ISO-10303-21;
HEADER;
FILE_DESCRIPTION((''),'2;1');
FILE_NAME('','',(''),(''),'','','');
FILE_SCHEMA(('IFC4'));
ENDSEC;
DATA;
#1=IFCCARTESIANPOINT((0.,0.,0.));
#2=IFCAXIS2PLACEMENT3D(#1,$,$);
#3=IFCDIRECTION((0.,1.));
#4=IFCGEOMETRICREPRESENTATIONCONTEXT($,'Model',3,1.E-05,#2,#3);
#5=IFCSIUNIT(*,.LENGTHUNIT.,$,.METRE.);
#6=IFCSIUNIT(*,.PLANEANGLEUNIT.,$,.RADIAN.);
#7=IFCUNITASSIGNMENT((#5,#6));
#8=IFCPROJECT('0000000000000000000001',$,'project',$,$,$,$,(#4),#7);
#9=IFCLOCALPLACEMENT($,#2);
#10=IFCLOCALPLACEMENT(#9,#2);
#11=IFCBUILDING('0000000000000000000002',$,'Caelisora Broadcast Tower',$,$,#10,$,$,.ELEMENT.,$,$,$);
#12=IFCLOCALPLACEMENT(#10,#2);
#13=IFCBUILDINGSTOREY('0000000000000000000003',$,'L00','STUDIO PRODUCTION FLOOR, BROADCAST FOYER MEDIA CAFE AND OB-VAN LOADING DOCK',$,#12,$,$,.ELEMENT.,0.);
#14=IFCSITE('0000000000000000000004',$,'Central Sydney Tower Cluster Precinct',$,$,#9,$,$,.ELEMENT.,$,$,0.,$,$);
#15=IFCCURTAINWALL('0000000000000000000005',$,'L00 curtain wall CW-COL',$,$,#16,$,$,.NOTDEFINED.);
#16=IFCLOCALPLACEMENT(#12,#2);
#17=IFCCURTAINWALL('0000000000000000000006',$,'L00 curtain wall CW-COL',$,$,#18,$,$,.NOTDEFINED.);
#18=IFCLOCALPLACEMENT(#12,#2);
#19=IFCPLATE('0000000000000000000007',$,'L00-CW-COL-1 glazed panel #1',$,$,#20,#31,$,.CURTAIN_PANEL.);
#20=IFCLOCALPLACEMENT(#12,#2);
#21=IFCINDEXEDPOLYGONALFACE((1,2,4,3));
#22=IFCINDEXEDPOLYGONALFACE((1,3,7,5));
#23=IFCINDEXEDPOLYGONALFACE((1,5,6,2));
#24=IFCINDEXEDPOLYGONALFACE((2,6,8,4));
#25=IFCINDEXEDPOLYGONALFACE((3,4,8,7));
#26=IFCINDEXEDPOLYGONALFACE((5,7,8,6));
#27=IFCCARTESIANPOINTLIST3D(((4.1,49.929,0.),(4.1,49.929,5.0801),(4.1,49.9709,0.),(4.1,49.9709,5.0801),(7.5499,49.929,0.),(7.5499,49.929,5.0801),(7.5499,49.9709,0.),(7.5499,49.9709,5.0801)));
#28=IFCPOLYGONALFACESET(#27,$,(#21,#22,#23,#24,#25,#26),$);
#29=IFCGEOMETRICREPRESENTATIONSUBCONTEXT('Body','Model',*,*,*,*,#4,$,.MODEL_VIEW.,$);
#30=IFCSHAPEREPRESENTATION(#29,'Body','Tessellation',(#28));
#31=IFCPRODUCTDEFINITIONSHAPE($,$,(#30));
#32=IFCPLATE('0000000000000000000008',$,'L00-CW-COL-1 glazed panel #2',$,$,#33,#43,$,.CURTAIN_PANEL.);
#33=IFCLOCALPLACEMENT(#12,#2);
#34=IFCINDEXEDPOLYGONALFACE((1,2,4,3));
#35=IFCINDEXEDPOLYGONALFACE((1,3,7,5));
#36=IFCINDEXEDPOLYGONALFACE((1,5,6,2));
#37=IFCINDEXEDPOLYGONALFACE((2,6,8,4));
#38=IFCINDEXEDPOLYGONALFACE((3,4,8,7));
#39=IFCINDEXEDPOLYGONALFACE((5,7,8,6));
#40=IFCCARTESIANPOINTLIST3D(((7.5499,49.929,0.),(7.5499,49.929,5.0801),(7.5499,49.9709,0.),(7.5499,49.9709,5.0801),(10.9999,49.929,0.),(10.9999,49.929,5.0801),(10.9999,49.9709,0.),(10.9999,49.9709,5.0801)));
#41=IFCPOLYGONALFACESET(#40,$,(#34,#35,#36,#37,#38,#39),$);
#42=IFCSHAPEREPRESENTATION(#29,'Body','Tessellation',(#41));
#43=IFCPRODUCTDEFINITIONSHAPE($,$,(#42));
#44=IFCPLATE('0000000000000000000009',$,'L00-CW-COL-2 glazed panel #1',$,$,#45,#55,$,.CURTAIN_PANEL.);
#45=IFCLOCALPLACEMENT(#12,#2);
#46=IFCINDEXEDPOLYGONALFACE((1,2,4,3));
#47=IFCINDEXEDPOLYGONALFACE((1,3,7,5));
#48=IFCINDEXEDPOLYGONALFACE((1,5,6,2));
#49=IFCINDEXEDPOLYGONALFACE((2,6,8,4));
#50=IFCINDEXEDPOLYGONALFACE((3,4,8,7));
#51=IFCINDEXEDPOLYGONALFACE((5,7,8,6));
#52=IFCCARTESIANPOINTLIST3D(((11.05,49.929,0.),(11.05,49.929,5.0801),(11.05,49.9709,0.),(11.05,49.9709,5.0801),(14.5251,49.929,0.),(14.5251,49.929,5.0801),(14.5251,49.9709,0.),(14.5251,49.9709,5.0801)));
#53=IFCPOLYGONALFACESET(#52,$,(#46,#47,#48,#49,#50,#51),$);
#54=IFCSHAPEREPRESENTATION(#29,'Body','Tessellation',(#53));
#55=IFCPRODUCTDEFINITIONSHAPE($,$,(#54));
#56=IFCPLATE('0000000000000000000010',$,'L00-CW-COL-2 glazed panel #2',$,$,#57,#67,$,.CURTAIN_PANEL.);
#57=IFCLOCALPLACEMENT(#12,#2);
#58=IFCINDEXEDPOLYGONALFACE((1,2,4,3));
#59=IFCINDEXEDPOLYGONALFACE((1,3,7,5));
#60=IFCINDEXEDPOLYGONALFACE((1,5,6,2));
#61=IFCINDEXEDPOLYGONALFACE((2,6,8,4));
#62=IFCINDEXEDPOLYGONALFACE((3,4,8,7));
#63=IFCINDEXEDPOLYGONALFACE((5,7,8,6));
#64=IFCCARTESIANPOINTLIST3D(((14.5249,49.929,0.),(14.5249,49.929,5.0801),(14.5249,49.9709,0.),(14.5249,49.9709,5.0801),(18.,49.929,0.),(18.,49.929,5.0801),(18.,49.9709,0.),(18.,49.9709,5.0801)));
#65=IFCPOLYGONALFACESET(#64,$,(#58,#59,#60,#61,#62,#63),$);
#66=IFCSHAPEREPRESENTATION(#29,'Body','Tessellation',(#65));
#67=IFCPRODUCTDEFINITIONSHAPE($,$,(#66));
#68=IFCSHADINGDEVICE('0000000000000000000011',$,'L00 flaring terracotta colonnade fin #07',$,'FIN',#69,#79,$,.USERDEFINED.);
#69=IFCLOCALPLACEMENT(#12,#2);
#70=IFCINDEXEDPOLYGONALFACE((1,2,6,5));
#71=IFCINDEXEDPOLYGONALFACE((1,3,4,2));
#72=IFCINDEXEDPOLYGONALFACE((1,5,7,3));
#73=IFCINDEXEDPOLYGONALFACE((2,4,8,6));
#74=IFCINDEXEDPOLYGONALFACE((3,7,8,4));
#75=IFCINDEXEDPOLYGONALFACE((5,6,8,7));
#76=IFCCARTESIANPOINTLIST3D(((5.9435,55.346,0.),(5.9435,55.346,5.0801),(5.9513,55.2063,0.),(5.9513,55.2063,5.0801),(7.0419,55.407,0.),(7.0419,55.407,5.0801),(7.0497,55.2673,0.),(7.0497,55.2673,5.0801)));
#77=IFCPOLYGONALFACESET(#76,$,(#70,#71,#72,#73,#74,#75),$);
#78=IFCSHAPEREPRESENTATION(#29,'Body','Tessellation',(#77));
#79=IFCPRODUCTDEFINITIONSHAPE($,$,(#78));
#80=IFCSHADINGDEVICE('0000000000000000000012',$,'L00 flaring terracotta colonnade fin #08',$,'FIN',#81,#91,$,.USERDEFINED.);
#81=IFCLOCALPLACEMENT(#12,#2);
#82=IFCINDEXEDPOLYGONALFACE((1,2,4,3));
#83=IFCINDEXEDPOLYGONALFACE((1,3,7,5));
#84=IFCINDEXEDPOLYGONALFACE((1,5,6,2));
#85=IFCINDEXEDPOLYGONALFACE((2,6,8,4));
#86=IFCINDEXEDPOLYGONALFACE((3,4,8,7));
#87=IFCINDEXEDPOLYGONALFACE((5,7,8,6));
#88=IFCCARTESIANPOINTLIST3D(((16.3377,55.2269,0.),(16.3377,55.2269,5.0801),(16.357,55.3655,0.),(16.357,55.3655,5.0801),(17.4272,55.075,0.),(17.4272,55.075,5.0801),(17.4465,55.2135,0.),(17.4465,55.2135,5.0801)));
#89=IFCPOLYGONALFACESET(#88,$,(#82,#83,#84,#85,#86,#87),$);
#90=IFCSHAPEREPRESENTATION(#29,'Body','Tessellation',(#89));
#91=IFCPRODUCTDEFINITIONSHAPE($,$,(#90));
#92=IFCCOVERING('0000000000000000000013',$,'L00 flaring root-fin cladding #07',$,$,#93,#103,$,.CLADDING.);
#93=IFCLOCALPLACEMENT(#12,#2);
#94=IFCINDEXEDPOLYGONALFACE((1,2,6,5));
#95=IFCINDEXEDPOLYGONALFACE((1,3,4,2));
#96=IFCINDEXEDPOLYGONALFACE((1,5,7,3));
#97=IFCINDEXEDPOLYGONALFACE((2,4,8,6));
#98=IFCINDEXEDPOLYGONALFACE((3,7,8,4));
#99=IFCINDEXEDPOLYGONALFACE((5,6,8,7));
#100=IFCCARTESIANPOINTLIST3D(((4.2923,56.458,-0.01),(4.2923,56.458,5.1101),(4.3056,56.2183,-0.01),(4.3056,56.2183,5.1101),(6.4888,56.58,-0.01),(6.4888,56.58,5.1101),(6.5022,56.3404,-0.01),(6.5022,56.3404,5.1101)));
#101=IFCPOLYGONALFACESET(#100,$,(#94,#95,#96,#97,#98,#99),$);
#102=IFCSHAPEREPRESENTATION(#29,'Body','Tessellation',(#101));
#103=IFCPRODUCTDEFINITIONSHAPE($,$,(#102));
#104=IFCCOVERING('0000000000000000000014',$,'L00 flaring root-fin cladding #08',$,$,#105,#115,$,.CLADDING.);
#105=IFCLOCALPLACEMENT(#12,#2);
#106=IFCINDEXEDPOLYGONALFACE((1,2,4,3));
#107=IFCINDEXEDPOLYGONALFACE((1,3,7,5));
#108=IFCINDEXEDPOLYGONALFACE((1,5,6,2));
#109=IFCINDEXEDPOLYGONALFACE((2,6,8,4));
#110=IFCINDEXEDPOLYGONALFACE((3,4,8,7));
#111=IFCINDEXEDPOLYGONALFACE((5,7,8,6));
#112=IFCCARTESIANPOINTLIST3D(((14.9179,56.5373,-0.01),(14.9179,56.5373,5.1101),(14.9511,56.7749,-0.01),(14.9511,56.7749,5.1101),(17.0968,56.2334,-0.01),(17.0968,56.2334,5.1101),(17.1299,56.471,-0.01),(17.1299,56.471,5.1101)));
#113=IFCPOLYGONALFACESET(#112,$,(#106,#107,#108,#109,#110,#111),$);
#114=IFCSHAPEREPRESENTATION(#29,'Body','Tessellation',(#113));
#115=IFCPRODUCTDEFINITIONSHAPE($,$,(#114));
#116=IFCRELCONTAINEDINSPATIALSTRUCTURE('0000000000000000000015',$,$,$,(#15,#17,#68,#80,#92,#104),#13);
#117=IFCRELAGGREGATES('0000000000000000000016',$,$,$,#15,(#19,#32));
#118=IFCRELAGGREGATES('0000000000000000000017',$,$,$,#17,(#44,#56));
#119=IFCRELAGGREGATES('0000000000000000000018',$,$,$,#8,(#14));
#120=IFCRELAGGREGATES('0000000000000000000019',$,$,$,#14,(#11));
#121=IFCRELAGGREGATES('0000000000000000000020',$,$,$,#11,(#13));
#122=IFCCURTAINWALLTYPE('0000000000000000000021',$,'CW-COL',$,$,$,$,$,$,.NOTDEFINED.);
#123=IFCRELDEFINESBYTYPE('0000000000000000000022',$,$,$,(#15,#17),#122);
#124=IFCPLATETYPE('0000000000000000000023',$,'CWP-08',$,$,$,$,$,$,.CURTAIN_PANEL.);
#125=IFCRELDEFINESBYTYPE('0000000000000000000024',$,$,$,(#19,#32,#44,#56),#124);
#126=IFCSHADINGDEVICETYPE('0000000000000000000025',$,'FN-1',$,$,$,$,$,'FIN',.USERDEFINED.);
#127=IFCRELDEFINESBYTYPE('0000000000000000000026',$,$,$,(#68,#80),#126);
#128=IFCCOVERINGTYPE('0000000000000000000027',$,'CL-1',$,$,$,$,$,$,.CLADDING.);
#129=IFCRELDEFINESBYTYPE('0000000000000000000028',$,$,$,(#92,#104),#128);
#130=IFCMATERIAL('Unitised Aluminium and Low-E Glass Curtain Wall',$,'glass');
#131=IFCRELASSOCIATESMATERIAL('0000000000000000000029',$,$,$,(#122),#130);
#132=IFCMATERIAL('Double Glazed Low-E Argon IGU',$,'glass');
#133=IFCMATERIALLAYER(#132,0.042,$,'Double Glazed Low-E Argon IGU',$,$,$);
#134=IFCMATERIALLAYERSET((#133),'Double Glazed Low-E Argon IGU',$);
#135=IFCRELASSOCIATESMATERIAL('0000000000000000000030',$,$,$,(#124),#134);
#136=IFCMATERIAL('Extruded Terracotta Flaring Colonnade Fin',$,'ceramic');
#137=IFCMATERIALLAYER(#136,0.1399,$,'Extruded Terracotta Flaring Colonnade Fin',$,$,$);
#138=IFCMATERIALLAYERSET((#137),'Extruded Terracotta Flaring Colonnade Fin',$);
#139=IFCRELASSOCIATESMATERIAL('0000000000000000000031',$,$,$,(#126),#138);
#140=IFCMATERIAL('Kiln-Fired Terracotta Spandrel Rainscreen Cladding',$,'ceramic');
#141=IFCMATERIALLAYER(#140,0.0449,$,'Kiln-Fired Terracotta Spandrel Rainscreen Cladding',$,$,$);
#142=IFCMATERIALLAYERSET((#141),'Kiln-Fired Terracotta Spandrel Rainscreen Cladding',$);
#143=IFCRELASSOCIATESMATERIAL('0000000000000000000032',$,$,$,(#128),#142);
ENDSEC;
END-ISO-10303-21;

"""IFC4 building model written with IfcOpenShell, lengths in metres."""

from ifc_helpers import new_model, si_unit, direction, frame, origin, origin_2d, place, context, subcontext, project, spatial, rectangle, extrude, source, transform, mapped, material, layer, layer_set, type_object, type_shapes, element, aggregate, save


model = new_model("IFC4")

# Units and contexts
model_context = context("Model", 3, precision=1e-05, world=origin(), true_north=direction((0.0, 1.0)))
body_context = subcontext(model_context, "Body", "Model", "MODEL_VIEW")
ifc_project = project(units=[si_unit("LENGTHUNIT", "METRE"), si_unit("PLANEANGLEUNIT", "RADIAN")], contexts=[model_context])

# Site, building, storey
site_placement = place(None, origin())
site = spatial("IfcSite", under=ifc_project, at=site_placement, Name="Central Sydney Tower Cluster Precinct", CompositionType="ELEMENT", RefElevation=0.0)
building_placement = place(site_placement, origin())
building = spatial("IfcBuilding", under=site, at=building_placement, Name="Caelisora Broadcast Tower", CompositionType="ELEMENT")
storey_placement = place(building_placement, origin())
storey = spatial("IfcBuildingStorey", under=building, at=storey_placement, Name="L00", Description="STUDIO PRODUCTION FLOOR, BROADCAST FOYER MEDIA CAFE AND OB-VAN LOADING DOCK", CompositionType="ELEMENT", Elevation=0.0)

# Curtain walls
ifc_material_1 = material(Name="Unitised Aluminium and Low-E Glass Curtain Wall", Category="glass")
curtain_wall_type = type_object("IfcCurtainWallType", Name="CW-COL", PredefinedType="NOTDEFINED", material=ifc_material_1)
curtain_wall_1_placement = place(storey_placement, origin())
curtain_wall_1 = element("IfcCurtainWall", 1, at=curtain_wall_1_placement, inside=storey, type_object=curtain_wall_type, Name="L00 curtain wall CW-COL", PredefinedType="NOTDEFINED")
curtain_wall_2_placement = place(storey_placement, origin())
curtain_wall_2 = element("IfcCurtainWall", 2, at=curtain_wall_2_placement, inside=storey, type_object=curtain_wall_type, Name="L00 curtain wall CW-COL", PredefinedType="NOTDEFINED")

# Plates
ifc_material_2 = material(Name="Double Glazed Low-E Argon IGU", Category="glass")
ifc_layer_1 = layer(ifc_material_2, 0.042, Name="Double Glazed Low-E Argon IGU")
ifc_layer_set_1 = layer_set([ifc_layer_1], Name="Double Glazed Low-E Argon IGU")
plate_type = type_object("IfcPlateType", Name="CWP-08", PredefinedType="CURTAIN_PANEL", material=ifc_layer_set_1)
shared_shape_1 = source(origin(), body_context, "Body", "SweptSolid", [
    extrude(rectangle(XDim=3.45, YDim=0.042, at=origin_2d()), origin(), (0.0, 0.0, 1.0), 5.0801),
])
plate_1_placement = place(storey_placement, frame((5.825, 49.95, 0.0), z_axis=(0.0, 0.0, 1.0), x_axis=(1.0, 0.0, 0.0)))
plate_1 = element("IfcPlate", 3, at=plate_1_placement, type_object=plate_type, Name="L00-CW-COL-1 glazed panel #1", PredefinedType="CURTAIN_PANEL", context=body_context, shape_type="MappedRepresentation", body=[
    mapped(shared_shape_1, transform((0.0, 0.0, 0.0), scale=1.0)),
])
plate_2_placement = place(storey_placement, frame((9.2749, 49.95, 0.0), z_axis=(0.0, 0.0, 1.0), x_axis=(1.0, 0.0, 0.0)))
plate_2 = element("IfcPlate", 4, at=plate_2_placement, type_object=plate_type, Name="L00-CW-COL-1 glazed panel #2", PredefinedType="CURTAIN_PANEL", context=body_context, shape_type="MappedRepresentation", body=[
    mapped(shared_shape_1, transform((0.0, 0.0, 0.0), scale=1.0)),
])
aggregate(curtain_wall_1, [plate_1, plate_2])
shared_shape_2 = source(origin(), body_context, "Body", "SweptSolid", [
    extrude(rectangle(XDim=3.4751, YDim=0.042, at=origin_2d()), origin(), (0.0, 0.0, 1.0), 5.0801),
])
type_shapes(plate_type, [shared_shape_1, shared_shape_2])
plate_3_placement = place(storey_placement, frame((12.7876, 49.95, 0.0), z_axis=(0.0, 0.0, 1.0), x_axis=(1.0, 0.0, 0.0)))
plate_3 = element("IfcPlate", 5, at=plate_3_placement, type_object=plate_type, Name="L00-CW-COL-2 glazed panel #1", PredefinedType="CURTAIN_PANEL", context=body_context, shape_type="MappedRepresentation", body=[
    mapped(shared_shape_2, transform((0.0, 0.0, 0.0), scale=1.0)),
])
plate_4_placement = place(storey_placement, frame((16.2625, 49.95, 0.0), z_axis=(0.0, 0.0, 1.0), x_axis=(1.0, 0.0, 0.0)))
plate_4 = element("IfcPlate", 6, at=plate_4_placement, type_object=plate_type, Name="L00-CW-COL-2 glazed panel #2", PredefinedType="CURTAIN_PANEL", context=body_context, shape_type="MappedRepresentation", body=[
    mapped(shared_shape_2, transform((0.0, 0.0, 0.0), scale=1.0)),
])
aggregate(curtain_wall_2, [plate_3, plate_4])

# Shading devices
ifc_material_3 = material(Name="Extruded Terracotta Flaring Colonnade Fin", Category="ceramic")
ifc_layer_2 = layer(ifc_material_3, 0.1399, Name="Extruded Terracotta Flaring Colonnade Fin")
ifc_layer_set_2 = layer_set([ifc_layer_2], Name="Extruded Terracotta Flaring Colonnade Fin")
shading_device_type = type_object("IfcShadingDeviceType", Name="FN-1", ElementType="FIN", PredefinedType="USERDEFINED", material=ifc_layer_set_2)
shared_shape_3 = source(origin(), body_context, "Body", "SweptSolid", [
    extrude(rectangle(XDim=1.1001, YDim=0.1399, at=origin_2d()), origin(), (0.0, 0.0, 1.0), 5.0801),
])
type_shapes(shading_device_type, [shared_shape_3])
for number, where, z_axis, x_axis, name in (
    (7, (6.4966, 55.3066, 0.0), (0.0, 0.0, 1.0), (-0.99846, -0.055473, 0.0), "L00 flaring terracotta colonnade fin #07"),
    (8, (16.8921, 55.2202, 0.0), (0.0, 0.0, 1.0), (-0.990413, 0.138136, 0.0), "L00 flaring terracotta colonnade fin #08"),
):
    element("IfcShadingDevice", number, at=place(storey_placement, frame(where, z_axis=z_axis, x_axis=x_axis)), inside=storey, type_object=shading_device_type, Name=name, ObjectType="FIN", PredefinedType="USERDEFINED", context=body_context, shape_type="MappedRepresentation", body=[
        mapped(shared_shape_3, transform((0.0, 0.0, 0.0), scale=1.0)),
    ])

# Coverings
ifc_material_4 = material(Name="Kiln-Fired Terracotta Spandrel Rainscreen Cladding", Category="ceramic")
ifc_layer_3 = layer(ifc_material_4, 0.0449, Name="Kiln-Fired Terracotta Spandrel Rainscreen Cladding")
ifc_layer_set_3 = layer_set([ifc_layer_3], Name="Kiln-Fired Terracotta Spandrel Rainscreen Cladding")
covering_type = type_object("IfcCoveringType", Name="CL-1", PredefinedType="CLADDING", material=ifc_layer_set_3)
shared_shape_4 = source(origin(), body_context, "Body", "SweptSolid", [
    extrude(rectangle(XDim=2.2, YDim=0.24, at=origin_2d()), origin(), (0.0, 0.0, 1.0), 5.1201),
])
type_shapes(covering_type, [shared_shape_4])
for number, where, z_axis, x_axis, name in (
    (9, (5.3972, 56.3992, -0.01), (0.0, 0.0, 1.0), (-0.99846, -0.055473, 0.0), "L00 flaring root-fin cladding #07"),
    (10, (16.0239, 56.5042, -0.01), (0.0, 0.0, 1.0), (-0.990413, 0.138136, 0.0), "L00 flaring root-fin cladding #08"),
):
    element("IfcCovering", number, at=place(storey_placement, frame(where, z_axis=z_axis, x_axis=x_axis)), inside=storey, type_object=covering_type, Name=name, PredefinedType="CLADDING", context=body_context, shape_type="MappedRepresentation", body=[
        mapped(shared_shape_4, transform((0.0, 0.0, 0.0), scale=1.0)),
    ])

save(model, "model.ifc")
